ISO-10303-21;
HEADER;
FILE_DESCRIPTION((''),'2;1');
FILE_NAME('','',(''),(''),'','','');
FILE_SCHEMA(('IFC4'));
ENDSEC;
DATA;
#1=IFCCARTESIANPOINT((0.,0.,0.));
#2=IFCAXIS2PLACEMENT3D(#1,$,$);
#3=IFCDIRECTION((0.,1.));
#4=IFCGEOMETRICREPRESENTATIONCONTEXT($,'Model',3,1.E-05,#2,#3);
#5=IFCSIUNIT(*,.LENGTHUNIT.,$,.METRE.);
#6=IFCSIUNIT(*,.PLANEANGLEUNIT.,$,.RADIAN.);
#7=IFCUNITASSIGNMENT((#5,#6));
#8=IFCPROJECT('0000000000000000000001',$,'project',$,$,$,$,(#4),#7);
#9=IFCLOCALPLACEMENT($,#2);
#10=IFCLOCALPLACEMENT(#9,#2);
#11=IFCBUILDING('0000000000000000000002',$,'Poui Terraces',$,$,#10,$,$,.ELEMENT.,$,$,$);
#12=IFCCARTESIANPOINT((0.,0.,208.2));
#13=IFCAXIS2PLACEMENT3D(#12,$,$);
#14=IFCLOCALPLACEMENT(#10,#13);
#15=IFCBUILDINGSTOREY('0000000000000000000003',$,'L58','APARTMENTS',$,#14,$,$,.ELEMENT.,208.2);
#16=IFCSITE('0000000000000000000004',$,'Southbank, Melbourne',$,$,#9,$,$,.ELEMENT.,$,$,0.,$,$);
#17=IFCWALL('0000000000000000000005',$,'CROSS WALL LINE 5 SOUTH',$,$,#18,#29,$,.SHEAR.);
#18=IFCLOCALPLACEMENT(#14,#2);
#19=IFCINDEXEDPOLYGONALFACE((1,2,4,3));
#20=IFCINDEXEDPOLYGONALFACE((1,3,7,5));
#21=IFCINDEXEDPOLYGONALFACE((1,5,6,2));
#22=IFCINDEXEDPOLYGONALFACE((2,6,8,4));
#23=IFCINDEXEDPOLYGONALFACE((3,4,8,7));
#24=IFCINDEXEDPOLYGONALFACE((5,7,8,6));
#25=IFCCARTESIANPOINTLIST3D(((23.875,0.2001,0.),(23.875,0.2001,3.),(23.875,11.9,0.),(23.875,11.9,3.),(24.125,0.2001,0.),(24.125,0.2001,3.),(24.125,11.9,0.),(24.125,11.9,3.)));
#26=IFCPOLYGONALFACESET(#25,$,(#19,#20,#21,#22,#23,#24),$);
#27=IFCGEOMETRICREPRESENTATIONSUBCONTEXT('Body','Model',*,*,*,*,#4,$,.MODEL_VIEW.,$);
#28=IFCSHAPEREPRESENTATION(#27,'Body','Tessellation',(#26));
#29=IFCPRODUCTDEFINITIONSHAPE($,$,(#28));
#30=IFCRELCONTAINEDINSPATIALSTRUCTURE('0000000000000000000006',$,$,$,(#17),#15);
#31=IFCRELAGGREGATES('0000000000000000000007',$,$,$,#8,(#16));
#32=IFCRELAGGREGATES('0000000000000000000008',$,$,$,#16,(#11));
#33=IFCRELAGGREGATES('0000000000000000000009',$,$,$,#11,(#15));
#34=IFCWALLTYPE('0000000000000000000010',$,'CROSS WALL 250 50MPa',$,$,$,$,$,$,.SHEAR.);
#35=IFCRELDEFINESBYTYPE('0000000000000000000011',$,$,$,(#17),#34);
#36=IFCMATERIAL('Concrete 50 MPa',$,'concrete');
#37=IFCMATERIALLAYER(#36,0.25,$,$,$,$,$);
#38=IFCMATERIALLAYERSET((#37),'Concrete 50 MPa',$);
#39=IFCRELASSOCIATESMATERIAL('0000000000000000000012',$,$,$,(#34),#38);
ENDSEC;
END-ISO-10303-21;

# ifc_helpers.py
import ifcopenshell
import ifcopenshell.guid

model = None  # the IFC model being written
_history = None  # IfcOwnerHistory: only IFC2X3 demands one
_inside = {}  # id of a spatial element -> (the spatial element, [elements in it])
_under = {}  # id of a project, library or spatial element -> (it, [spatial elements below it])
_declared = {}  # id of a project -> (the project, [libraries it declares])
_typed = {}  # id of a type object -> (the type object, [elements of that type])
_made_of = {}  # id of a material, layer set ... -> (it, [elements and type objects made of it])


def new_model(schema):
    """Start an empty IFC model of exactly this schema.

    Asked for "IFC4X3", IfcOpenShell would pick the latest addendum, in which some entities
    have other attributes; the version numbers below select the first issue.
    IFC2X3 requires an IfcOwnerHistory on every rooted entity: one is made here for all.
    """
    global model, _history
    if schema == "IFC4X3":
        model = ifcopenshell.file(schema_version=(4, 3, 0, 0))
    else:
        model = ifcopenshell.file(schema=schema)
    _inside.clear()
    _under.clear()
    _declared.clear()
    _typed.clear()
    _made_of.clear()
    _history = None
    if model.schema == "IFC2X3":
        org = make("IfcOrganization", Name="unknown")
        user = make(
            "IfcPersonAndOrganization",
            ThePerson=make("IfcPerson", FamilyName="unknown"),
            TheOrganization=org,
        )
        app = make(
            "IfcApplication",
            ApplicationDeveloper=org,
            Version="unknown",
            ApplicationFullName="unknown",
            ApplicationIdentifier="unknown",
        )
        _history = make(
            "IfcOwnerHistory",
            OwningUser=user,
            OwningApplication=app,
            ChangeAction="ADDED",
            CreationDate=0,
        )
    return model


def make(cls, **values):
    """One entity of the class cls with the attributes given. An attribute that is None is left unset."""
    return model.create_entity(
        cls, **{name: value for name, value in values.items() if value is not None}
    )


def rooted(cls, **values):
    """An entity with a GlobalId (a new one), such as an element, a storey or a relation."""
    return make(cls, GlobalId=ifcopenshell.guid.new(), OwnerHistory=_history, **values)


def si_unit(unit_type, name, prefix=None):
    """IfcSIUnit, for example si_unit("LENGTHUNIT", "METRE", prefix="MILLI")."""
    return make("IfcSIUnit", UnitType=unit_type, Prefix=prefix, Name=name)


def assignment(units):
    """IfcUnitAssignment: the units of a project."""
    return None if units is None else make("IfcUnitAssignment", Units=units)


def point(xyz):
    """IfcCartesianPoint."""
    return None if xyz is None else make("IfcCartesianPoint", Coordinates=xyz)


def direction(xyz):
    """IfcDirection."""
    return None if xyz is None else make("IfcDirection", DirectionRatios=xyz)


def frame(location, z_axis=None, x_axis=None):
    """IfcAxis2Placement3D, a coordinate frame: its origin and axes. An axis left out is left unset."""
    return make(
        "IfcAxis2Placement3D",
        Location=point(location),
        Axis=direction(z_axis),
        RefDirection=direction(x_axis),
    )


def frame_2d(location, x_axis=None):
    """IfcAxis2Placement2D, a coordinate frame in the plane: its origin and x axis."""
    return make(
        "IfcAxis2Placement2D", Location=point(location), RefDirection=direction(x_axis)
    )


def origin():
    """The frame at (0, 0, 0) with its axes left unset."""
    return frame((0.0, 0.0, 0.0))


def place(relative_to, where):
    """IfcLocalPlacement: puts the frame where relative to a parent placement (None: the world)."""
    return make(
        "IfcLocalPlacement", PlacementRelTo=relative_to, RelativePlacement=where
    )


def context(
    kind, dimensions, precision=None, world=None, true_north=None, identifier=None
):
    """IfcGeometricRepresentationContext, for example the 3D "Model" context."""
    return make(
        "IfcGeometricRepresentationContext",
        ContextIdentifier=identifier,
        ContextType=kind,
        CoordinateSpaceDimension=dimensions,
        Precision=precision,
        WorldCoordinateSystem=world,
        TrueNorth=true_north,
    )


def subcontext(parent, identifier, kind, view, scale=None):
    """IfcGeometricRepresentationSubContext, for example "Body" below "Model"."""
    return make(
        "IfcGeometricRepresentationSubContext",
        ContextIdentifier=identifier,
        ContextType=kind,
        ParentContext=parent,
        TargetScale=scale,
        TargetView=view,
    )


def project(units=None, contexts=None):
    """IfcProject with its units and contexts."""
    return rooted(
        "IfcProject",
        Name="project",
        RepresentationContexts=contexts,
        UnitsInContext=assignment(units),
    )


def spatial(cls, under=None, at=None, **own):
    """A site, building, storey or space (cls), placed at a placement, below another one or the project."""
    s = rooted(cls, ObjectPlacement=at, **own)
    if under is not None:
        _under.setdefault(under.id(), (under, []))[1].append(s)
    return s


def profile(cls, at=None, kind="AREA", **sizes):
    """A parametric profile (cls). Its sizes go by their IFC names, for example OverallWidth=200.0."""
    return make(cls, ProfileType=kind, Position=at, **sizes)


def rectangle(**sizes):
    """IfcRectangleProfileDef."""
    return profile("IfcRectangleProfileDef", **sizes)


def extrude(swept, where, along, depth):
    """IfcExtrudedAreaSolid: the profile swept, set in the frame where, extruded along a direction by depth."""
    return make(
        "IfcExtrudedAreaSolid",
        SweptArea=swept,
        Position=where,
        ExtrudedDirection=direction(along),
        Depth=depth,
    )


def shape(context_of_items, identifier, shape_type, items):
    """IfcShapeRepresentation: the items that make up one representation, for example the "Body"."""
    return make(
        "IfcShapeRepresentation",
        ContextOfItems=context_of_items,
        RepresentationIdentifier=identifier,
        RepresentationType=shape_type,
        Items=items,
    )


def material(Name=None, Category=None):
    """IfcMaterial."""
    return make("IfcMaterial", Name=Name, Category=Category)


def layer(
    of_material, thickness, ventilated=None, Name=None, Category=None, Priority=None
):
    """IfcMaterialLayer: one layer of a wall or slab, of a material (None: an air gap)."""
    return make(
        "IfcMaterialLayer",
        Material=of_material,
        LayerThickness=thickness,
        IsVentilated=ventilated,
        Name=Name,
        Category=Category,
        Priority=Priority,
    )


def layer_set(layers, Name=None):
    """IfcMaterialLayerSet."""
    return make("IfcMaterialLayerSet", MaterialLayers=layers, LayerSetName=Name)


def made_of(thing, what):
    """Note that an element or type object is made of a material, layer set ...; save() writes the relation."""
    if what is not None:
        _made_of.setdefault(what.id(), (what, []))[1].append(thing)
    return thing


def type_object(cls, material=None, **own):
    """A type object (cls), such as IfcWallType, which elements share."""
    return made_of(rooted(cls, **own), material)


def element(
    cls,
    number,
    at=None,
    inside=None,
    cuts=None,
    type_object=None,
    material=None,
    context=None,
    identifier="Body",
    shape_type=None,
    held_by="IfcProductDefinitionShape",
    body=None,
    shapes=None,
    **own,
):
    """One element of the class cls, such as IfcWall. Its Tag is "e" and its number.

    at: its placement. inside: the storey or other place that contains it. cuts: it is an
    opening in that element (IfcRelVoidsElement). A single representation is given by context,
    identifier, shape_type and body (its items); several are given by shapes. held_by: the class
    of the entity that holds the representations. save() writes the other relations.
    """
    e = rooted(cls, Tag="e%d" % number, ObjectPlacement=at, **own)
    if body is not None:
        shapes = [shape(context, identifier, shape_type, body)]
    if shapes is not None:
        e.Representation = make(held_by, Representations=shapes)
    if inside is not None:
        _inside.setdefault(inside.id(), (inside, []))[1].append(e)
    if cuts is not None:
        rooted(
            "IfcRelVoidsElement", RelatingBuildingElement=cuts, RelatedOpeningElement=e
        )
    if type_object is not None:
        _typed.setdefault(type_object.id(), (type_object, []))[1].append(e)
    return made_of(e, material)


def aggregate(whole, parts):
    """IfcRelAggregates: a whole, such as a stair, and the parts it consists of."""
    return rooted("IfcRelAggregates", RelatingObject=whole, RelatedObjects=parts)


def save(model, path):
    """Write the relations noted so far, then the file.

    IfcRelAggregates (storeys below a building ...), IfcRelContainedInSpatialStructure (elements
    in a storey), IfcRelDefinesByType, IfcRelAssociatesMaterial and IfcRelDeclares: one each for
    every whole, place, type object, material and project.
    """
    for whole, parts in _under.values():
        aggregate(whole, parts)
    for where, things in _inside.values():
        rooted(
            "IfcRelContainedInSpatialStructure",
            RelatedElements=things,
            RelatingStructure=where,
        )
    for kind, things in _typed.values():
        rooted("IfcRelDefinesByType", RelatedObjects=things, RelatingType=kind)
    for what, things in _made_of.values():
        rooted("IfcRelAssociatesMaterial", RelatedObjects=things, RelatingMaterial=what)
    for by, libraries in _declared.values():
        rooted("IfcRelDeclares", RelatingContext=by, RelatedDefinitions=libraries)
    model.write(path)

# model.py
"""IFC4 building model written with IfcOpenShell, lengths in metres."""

from ifc_helpers import new_model, si_unit, direction, frame, frame_2d, origin, place, context, subcontext, project, spatial, rectangle, extrude, material, layer, layer_set, type_object, element, save


model = new_model("IFC4")

# Units and contexts
model_context = context("Model", 3, precision=1e-05, world=origin(), true_north=direction((0.0, 1.0)))
body_context = subcontext(model_context, "Body", "Model", "MODEL_VIEW")
ifc_project = project(units=[si_unit("LENGTHUNIT", "METRE"), si_unit("PLANEANGLEUNIT", "RADIAN")], contexts=[model_context])

# Site, building, storey
site_placement = place(None, origin())
site = spatial("IfcSite", under=ifc_project, at=site_placement, Name="Southbank, Melbourne", CompositionType="ELEMENT", RefElevation=0.0)
building_placement = place(site_placement, origin())
building = spatial("IfcBuilding", under=site, at=building_placement, Name="Poui Terraces", CompositionType="ELEMENT")
storey_placement = place(building_placement, frame((0.0, 0.0, 208.2)))
storey = spatial("IfcBuildingStorey", under=building, at=storey_placement, Name="L58", Description="APARTMENTS", CompositionType="ELEMENT", Elevation=208.2)

# Wall
ifc_material_1 = material(Name="Concrete 50 MPa", Category="concrete")
ifc_layer_1 = layer(ifc_material_1, 0.25)
ifc_layer_set_1 = layer_set([ifc_layer_1], Name="Concrete 50 MPa")
wall_type_1 = type_object("IfcWallType", Name="CROSS WALL 250 50MPa", PredefinedType="SHEAR", material=ifc_layer_set_1)
wall_1_placement = place(storey_placement, frame((24.0, 0.2, 0.0), z_axis=(0.0, 0.0, 1.0), x_axis=(0.0, 1.0, 0.0)))
element("IfcWall", 1, at=wall_1_placement, inside=storey, type_object=wall_type_1, Name="CROSS WALL LINE 5 SOUTH", PredefinedType="SHEAR", context=body_context, shape_type="SweptSolid", body=[
    extrude(rectangle(XDim=11.7, YDim=0.25, at=frame_2d((5.8501, 0.0))), origin(), (0.0, 0.0, 1.0), 3.0),
])

save(model, "model.ifc")
